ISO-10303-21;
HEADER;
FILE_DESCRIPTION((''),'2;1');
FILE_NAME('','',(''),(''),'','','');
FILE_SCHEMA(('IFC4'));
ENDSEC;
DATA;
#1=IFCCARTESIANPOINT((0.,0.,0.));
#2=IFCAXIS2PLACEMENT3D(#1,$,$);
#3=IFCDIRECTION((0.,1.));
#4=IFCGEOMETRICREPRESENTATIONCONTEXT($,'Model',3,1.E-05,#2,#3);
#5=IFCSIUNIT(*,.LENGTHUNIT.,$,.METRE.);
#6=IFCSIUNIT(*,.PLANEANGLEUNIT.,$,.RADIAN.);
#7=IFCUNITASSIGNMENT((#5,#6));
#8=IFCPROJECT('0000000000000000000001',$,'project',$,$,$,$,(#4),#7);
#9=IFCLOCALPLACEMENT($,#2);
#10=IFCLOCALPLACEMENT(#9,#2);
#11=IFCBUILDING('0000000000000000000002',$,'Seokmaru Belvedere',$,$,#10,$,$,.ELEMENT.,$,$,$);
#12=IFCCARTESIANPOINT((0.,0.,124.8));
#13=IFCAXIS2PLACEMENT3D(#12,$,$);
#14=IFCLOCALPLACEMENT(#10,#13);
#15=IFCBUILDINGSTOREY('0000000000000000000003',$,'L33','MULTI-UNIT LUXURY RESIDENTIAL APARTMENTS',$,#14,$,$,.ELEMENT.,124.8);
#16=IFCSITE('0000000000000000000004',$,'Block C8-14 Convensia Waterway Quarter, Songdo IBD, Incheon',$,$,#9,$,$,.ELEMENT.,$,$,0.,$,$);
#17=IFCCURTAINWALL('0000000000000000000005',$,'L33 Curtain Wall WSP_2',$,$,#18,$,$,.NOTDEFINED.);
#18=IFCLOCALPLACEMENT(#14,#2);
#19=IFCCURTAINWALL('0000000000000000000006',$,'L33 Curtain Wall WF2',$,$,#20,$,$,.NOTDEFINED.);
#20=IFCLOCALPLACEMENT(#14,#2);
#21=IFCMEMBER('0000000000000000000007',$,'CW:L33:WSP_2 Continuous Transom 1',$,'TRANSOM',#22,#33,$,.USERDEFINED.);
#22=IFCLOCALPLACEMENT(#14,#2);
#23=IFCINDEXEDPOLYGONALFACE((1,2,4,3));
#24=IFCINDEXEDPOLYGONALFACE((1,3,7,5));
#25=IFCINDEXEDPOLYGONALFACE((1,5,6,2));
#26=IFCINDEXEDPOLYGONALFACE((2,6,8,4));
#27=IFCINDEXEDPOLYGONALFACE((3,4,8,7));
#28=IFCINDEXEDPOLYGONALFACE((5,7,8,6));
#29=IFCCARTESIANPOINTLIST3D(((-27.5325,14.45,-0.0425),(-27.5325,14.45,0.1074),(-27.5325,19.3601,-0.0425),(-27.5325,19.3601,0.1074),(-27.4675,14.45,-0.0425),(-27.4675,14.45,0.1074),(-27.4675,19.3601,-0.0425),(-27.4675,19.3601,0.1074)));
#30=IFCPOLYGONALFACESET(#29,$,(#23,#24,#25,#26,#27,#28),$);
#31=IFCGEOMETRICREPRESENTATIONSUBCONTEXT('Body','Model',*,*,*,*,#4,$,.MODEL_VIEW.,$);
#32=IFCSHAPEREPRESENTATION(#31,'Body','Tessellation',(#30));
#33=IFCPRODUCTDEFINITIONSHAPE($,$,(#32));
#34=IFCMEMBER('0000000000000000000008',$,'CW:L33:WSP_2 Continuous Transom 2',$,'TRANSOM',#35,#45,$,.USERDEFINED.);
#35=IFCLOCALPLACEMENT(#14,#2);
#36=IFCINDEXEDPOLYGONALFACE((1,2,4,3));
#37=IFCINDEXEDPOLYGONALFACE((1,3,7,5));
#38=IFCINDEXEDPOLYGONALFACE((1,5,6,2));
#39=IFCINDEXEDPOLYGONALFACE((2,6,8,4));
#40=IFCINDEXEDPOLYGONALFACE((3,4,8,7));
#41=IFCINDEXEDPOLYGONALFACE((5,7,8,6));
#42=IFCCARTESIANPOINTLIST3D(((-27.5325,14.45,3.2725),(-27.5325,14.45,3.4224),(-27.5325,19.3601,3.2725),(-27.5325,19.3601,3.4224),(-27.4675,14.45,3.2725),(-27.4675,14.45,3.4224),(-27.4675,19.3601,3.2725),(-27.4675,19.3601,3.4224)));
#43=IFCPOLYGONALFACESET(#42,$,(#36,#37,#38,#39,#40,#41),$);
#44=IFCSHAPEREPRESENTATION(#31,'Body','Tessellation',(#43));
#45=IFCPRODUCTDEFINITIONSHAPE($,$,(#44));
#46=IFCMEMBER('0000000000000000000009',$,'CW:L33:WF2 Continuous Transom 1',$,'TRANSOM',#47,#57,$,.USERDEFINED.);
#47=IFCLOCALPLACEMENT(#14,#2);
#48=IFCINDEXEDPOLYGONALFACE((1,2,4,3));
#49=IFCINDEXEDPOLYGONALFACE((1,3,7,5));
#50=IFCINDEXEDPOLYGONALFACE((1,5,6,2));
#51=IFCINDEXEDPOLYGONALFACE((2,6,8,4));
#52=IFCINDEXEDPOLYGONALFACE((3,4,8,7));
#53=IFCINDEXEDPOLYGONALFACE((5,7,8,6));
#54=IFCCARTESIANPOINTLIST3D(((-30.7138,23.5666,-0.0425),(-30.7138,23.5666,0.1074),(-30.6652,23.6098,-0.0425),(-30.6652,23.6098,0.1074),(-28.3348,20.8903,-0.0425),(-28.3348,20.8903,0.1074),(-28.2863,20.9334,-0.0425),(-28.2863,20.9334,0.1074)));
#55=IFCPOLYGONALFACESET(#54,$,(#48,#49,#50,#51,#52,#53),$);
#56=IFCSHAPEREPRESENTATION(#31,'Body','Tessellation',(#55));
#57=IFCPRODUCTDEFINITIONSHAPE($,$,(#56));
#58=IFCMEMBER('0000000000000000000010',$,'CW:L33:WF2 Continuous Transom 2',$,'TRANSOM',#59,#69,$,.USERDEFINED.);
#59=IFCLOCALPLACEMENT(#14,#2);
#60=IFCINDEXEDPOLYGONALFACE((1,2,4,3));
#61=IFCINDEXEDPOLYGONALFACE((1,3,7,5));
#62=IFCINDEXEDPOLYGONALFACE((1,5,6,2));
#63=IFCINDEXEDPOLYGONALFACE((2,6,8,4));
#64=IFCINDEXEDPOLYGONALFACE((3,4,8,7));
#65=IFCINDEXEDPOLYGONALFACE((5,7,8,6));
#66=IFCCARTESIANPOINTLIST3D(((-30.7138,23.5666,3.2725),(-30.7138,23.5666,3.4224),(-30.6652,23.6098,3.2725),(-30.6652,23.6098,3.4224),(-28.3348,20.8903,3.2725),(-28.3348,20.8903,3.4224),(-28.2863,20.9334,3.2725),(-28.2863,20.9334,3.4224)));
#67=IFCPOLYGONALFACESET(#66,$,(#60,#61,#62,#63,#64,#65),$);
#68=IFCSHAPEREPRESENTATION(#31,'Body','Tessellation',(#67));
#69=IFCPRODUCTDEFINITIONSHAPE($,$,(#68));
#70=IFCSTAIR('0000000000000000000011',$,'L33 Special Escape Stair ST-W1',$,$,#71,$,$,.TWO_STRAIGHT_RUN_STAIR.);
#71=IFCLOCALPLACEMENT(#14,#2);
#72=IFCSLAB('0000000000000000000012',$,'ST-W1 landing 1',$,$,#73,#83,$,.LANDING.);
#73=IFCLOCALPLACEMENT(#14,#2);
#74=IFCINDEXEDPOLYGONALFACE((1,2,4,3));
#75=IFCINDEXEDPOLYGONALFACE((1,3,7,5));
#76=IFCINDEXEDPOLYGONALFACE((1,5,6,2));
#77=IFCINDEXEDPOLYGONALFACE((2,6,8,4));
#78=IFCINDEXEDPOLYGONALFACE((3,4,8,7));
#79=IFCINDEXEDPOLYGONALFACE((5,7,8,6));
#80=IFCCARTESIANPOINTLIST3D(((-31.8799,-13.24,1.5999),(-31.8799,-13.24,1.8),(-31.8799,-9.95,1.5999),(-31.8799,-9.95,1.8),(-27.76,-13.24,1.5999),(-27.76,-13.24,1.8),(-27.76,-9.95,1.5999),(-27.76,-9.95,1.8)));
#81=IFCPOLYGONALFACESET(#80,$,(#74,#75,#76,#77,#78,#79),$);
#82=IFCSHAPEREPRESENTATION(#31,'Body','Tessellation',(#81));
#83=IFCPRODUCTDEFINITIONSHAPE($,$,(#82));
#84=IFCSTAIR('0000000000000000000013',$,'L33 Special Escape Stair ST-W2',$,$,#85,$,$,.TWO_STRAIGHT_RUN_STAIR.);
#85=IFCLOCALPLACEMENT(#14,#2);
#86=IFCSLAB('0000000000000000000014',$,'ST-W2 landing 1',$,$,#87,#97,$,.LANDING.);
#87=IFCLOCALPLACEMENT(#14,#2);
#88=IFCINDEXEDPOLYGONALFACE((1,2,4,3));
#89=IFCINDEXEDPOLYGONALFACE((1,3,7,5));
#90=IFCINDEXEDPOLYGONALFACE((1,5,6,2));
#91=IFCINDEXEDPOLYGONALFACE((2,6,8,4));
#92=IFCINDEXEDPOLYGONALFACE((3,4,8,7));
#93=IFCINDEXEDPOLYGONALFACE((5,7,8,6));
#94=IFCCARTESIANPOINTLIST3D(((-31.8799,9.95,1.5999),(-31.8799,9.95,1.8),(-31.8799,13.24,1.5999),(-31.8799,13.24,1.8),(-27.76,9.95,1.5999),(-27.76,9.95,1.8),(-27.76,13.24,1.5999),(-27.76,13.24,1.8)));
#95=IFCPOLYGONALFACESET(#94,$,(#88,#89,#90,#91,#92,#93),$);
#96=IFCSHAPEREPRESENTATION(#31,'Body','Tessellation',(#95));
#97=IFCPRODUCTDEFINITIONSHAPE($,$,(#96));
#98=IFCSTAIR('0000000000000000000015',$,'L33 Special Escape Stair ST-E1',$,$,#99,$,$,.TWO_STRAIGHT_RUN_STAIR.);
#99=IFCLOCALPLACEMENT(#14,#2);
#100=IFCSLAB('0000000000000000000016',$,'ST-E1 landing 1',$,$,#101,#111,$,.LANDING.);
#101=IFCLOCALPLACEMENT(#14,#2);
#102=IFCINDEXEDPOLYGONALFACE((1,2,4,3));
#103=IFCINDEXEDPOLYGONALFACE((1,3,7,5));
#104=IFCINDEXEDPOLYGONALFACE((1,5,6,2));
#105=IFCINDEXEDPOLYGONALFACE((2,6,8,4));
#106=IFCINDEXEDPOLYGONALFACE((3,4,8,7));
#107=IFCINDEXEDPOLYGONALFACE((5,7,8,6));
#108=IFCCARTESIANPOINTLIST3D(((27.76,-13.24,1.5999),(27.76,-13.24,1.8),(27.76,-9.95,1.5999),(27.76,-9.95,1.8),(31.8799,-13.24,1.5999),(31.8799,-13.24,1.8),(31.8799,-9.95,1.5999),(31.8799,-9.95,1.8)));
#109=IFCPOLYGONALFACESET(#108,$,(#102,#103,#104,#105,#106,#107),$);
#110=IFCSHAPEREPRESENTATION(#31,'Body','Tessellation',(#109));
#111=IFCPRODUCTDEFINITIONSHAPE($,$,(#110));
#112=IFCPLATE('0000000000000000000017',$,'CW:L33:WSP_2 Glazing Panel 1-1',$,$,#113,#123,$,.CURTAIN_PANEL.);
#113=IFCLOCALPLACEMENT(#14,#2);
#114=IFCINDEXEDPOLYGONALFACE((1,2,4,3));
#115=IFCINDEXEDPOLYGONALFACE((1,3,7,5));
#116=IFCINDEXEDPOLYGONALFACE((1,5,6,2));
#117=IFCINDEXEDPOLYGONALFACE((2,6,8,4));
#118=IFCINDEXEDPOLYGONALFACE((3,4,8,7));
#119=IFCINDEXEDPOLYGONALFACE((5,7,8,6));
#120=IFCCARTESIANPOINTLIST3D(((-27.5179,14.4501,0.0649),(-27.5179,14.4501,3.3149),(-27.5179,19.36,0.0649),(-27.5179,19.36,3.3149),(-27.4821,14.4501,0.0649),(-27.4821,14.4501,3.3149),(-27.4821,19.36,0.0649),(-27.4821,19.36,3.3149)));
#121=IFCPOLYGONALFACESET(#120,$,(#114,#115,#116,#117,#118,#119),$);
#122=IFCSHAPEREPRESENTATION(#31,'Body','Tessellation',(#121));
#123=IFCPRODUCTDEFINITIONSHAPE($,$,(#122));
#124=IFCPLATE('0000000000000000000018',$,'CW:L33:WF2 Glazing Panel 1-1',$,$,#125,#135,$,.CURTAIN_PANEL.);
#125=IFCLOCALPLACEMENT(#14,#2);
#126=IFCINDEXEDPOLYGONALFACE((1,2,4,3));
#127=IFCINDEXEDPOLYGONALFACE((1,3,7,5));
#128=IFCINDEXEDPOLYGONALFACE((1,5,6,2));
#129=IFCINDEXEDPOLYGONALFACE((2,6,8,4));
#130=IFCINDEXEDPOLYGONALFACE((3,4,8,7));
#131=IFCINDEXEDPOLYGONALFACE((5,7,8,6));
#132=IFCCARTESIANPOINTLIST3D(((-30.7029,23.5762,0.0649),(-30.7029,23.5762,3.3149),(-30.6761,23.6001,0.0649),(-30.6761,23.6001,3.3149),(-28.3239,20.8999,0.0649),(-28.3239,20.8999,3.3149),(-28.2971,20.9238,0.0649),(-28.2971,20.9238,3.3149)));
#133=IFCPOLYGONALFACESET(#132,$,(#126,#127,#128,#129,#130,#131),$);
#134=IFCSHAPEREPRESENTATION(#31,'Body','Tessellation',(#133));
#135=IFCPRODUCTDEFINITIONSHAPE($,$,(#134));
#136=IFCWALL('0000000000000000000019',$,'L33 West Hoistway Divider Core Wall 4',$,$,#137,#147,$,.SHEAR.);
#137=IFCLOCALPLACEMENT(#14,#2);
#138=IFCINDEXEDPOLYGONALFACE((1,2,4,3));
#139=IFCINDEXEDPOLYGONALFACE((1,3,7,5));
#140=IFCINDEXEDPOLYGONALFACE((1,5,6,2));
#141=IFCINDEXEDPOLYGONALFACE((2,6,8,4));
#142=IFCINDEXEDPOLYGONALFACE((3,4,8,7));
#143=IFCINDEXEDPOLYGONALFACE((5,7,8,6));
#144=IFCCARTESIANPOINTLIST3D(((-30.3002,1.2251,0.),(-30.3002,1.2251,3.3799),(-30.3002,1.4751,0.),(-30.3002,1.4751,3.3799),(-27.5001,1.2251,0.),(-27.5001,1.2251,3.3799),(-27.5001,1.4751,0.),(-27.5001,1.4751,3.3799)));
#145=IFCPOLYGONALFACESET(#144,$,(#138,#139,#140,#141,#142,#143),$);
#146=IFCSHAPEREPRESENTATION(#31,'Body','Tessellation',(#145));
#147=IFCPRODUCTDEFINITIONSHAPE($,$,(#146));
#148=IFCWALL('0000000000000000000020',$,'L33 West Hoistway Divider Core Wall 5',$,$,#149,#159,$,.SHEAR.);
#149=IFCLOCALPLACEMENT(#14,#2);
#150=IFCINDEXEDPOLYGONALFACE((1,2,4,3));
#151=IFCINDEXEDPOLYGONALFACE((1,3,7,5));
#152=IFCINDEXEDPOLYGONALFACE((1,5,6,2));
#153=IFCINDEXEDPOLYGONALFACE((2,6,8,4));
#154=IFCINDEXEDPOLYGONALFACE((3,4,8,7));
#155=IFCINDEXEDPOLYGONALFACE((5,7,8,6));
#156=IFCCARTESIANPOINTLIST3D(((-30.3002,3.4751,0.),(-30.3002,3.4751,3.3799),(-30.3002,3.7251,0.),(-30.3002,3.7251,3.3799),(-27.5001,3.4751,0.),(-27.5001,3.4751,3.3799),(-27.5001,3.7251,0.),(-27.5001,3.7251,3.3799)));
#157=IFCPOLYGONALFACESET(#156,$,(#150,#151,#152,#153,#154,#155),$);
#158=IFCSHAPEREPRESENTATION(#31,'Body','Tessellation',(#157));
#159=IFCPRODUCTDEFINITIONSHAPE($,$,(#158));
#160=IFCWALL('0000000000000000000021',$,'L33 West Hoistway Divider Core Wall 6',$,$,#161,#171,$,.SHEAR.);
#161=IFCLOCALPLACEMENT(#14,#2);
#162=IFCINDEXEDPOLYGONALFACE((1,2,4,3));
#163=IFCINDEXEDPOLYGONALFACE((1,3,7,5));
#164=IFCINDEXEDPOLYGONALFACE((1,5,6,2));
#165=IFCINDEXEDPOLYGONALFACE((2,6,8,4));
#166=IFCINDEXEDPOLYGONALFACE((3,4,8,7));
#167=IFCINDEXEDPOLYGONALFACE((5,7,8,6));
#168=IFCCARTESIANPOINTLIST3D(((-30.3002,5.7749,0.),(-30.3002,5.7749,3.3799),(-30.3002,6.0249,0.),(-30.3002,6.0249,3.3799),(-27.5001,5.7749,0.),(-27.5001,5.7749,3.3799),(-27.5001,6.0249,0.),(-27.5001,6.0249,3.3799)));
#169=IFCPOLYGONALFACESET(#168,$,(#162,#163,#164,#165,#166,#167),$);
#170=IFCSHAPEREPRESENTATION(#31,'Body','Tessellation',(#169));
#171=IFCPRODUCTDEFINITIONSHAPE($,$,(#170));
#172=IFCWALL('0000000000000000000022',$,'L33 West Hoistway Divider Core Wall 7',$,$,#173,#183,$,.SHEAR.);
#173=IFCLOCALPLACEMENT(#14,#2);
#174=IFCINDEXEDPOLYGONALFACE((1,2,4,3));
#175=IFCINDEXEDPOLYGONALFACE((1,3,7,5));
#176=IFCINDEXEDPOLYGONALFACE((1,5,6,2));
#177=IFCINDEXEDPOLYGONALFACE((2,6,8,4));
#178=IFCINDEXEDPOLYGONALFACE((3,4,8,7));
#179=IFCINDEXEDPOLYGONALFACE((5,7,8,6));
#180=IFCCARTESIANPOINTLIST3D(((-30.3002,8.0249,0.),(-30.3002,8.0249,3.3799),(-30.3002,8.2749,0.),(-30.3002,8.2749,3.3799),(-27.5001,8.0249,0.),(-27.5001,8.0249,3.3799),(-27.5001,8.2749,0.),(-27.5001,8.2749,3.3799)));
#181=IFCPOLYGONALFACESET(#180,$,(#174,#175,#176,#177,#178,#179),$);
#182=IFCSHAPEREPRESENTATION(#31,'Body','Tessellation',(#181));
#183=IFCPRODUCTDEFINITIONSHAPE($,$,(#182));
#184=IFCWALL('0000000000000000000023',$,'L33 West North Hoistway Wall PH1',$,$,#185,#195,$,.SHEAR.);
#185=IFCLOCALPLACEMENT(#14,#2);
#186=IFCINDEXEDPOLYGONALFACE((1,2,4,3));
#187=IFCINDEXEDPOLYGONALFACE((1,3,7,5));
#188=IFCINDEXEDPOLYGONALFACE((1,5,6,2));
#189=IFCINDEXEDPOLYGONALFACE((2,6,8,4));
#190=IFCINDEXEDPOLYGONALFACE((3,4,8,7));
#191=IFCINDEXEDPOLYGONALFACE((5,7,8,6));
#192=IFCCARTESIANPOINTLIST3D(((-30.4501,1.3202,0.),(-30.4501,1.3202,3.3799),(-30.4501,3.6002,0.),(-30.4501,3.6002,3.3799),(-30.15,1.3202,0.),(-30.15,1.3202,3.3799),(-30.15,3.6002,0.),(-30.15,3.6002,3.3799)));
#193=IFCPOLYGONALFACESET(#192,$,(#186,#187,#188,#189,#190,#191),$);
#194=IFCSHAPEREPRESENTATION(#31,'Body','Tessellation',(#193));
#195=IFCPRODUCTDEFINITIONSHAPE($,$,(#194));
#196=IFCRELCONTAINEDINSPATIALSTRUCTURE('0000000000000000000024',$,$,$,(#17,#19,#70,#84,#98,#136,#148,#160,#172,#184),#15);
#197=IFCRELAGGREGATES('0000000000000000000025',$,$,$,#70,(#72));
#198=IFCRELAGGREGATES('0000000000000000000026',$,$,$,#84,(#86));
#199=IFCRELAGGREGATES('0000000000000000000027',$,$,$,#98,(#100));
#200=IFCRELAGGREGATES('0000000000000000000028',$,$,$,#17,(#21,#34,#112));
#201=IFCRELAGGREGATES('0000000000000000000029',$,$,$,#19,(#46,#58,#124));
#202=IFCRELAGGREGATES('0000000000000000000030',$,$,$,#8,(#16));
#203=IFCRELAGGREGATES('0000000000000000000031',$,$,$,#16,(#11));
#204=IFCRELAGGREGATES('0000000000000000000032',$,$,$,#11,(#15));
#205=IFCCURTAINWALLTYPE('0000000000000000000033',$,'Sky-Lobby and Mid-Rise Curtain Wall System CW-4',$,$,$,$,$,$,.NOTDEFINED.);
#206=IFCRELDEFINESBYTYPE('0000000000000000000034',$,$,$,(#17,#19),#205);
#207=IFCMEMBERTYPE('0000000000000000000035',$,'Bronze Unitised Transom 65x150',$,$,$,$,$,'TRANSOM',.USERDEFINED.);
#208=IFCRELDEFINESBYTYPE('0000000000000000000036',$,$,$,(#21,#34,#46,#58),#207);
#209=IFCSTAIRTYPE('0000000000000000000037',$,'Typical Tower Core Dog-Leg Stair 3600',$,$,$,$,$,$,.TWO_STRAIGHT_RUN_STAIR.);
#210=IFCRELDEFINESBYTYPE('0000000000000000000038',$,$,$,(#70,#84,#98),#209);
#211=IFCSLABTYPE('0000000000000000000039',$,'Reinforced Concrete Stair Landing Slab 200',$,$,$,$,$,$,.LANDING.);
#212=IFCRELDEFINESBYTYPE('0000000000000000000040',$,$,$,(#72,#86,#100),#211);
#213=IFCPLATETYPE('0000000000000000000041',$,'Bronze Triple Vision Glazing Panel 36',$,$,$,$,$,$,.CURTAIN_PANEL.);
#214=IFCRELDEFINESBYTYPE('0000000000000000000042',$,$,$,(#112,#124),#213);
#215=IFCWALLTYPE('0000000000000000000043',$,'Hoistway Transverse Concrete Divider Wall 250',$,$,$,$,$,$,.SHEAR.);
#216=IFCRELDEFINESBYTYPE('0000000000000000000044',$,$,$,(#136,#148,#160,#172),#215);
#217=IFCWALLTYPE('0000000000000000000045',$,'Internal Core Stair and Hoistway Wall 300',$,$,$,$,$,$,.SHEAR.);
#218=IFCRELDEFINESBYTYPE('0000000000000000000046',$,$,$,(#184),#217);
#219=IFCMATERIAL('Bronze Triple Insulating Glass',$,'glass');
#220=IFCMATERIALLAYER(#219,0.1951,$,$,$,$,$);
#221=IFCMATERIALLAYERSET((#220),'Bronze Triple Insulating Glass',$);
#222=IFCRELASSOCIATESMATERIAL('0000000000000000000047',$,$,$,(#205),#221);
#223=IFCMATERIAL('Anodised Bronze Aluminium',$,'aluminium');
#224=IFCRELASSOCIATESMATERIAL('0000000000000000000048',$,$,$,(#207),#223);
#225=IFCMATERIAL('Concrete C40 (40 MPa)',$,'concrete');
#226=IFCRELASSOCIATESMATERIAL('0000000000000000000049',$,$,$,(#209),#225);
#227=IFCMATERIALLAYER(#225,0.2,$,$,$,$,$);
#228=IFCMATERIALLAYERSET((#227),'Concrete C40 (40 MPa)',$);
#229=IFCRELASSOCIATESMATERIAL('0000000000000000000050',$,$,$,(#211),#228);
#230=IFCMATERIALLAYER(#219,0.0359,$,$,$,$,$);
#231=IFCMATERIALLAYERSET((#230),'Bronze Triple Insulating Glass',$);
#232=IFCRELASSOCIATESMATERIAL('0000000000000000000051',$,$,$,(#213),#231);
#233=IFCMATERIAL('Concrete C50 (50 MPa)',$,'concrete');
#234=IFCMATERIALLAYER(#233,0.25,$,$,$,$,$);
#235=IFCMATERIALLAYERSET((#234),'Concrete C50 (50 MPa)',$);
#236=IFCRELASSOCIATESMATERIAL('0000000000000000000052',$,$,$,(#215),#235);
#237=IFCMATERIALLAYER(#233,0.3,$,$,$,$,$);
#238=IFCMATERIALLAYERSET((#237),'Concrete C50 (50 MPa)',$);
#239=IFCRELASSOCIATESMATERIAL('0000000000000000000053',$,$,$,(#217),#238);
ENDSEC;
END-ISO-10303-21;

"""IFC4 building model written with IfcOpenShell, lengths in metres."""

from ifc_helpers import new_model, si_unit, direction, frame, frame_2d, origin, origin_2d, place, context, subcontext, project, spatial, polyline, rectangle, outline, extrude, source, transform, mapped, material, layer, layer_set, material_profile, profile_set, type_object, type_shapes, element, aggregate, save


model = new_model("IFC4")

# Units and contexts
model_context = context("Model", 3, precision=1e-05, world=origin(), true_north=direction((0.0, 1.0)))
body_context = subcontext(model_context, "Body", "Model", "MODEL_VIEW")
ifc_project = project(units=[si_unit("LENGTHUNIT", "METRE"), si_unit("PLANEANGLEUNIT", "RADIAN")], contexts=[model_context])

# Site, building, storey
site_placement = place(None, origin())
site = spatial("IfcSite", under=ifc_project, at=site_placement, Name="Block C8-14 Convensia Waterway Quarter, Songdo IBD, Incheon", CompositionType="ELEMENT", RefElevation=0.0)
building_placement = place(site_placement, origin())
building = spatial("IfcBuilding", under=site, at=building_placement, Name="Seokmaru Belvedere", CompositionType="ELEMENT")
storey_placement = place(building_placement, frame((0.0, 0.0, 124.8)))
storey = spatial("IfcBuildingStorey", under=building, at=storey_placement, Name="L33", Description="MULTI-UNIT LUXURY RESIDENTIAL APARTMENTS", CompositionType="ELEMENT", Elevation=124.8)

# Curtain walls
ifc_material_1 = material(Name="Bronze Triple Insulating Glass", Category="glass")
ifc_layer_1 = layer(ifc_material_1, 0.1951)
ifc_layer_set_1 = layer_set([ifc_layer_1], Name="Bronze Triple Insulating Glass")
curtain_wall_type = type_object("IfcCurtainWallType", Name="Sky-Lobby and Mid-Rise Curtain Wall System CW-4", PredefinedType="NOTDEFINED", material=ifc_layer_set_1)
curtain_wall_1_placement = place(storey_placement, origin())
curtain_wall_1 = element("IfcCurtainWall", 1, at=curtain_wall_1_placement, inside=storey, type_object=curtain_wall_type, Name="L33 Curtain Wall WSP_2", PredefinedType="NOTDEFINED")
ifc_material_2 = material(Name="Anodised Bronze Aluminium", Category="aluminium")
curtain_wall_2_placement = place(storey_placement, origin())
curtain_wall_2 = element("IfcCurtainWall", 2, at=curtain_wall_2_placement, inside=storey, type_object=curtain_wall_type, Name="L33 Curtain Wall WF2", PredefinedType="NOTDEFINED")

# Members
ifc_material_profile_1 = material_profile(ifc_material_2, rectangle(XDim=0.0649, YDim=0.1499, at=origin_2d()), Name="CW-T-65x150")
ifc_profile_set_1 = profile_set([ifc_material_profile_1], Name="Anodised Bronze Aluminium")
member_type_1 = type_object("IfcMemberType", Name="Bronze Unitised Transom 65x150", ElementType="TRANSOM", PredefinedType="USERDEFINED", material=ifc_profile_set_1)
shared_shape_1 = source(origin(), body_context, "Body", "SweptSolid", [
    extrude(rectangle(XDim=0.0649, YDim=0.1499, at=origin_2d()), origin(), (0.0, 0.0, 1.0), 4.9102),
])
member_1_placement = place(storey_placement, frame((-27.5, 14.45, 0.0325), z_axis=(0.0, 1.0, 0.0), x_axis=(-1.0, 0.0, 0.0)))
member_1 = element("IfcMember", 3, at=member_1_placement, type_object=member_type_1, Name="CW:L33:WSP_2 Continuous Transom 1", ObjectType="TRANSOM", PredefinedType="USERDEFINED", context=body_context, shape_type="MappedRepresentation", body=[
    mapped(shared_shape_1, transform((0.0, 0.0, 0.0), scale=1.0)),
])
member_2_placement = place(storey_placement, frame((-27.5, 14.45, 3.3474), z_axis=(0.0, 1.0, 0.0), x_axis=(-1.0, 0.0, 0.0)))
member_2 = element("IfcMember", 4, at=member_2_placement, type_object=member_type_1, Name="CW:L33:WSP_2 Continuous Transom 2", ObjectType="TRANSOM", PredefinedType="USERDEFINED", context=body_context, shape_type="MappedRepresentation", body=[
    mapped(shared_shape_1, transform((0.0, 0.0, 0.0), scale=1.0)),
])
shared_shape_2 = source(origin(), body_context, "Body", "SweptSolid", [
    extrude(rectangle(XDim=0.0649, YDim=0.1499, at=origin_2d()), origin(), (0.0, 0.0, 1.0), 3.5808),
])
type_shapes(member_type_1, [shared_shape_1, shared_shape_2])
member_3_placement = place(storey_placement, frame((-28.3105, 20.9119, 0.0325), z_axis=(-0.664364, 0.747409, 0.0), x_axis=(-0.747409, -0.664364, 0.0)))
member_3 = element("IfcMember", 5, at=member_3_placement, type_object=member_type_1, Name="CW:L33:WF2 Continuous Transom 1", ObjectType="TRANSOM", PredefinedType="USERDEFINED", context=body_context, shape_type="MappedRepresentation", body=[
    mapped(shared_shape_2, transform((0.0, 0.0, 0.0), scale=1.0)),
])
member_4_placement = place(storey_placement, frame((-28.3105, 20.9119, 3.3474), z_axis=(-0.664364, 0.747409, 0.0), x_axis=(-0.747409, -0.664364, 0.0)))
member_4 = element("IfcMember", 6, at=member_4_placement, type_object=member_type_1, Name="CW:L33:WF2 Continuous Transom 2", ObjectType="TRANSOM", PredefinedType="USERDEFINED", context=body_context, shape_type="MappedRepresentation", body=[
    mapped(shared_shape_2, transform((0.0, 0.0, 0.0), scale=1.0)),
])

# Stairs, slabs
ifc_material_3 = material(Name="Concrete C40 (40 MPa)", Category="concrete")
stair_type = type_object("IfcStairType", Name="Typical Tower Core Dog-Leg Stair 3600", PredefinedType="TWO_STRAIGHT_RUN_STAIR", material=ifc_material_3)
stair_1_placement = place(storey_placement, origin())
stair_1 = element("IfcStair", 7, at=stair_1_placement, inside=storey, type_object=stair_type, Name="L33 Special Escape Stair ST-W1", PredefinedType="TWO_STRAIGHT_RUN_STAIR")
ifc_layer_2 = layer(ifc_material_3, 0.2)
ifc_layer_set_2 = layer_set([ifc_layer_2], Name="Concrete C40 (40 MPa)")
slab_type = type_object("IfcSlabType", Name="Reinforced Concrete Stair Landing Slab 200", PredefinedType="LANDING", material=ifc_layer_set_2)
slab_1_placement = place(storey_placement, frame((0.0, 0.0, 1.5999)))
slab_1 = element("IfcSlab", 8, at=slab_1_placement, type_object=slab_type, Name="ST-W1 landing 1", PredefinedType="LANDING", context=body_context, shape_type="SweptSolid", body=[
    extrude(outline(polyline([(-31.8799, -13.24), (-27.76, -13.24), (-27.76, -9.95), (-31.8799, -9.95), (-31.8799, -13.24)])), origin(), (0.0, 0.0, 1.0), 0.2002),
])
aggregate(stair_1, [slab_1])
stair_2_placement = place(storey_placement, origin())
stair_2 = element("IfcStair", 9, at=stair_2_placement, inside=storey, type_object=stair_type, Name="L33 Special Escape Stair ST-W2", PredefinedType="TWO_STRAIGHT_RUN_STAIR")
slab_2_placement = place(storey_placement, frame((0.0, 0.0, 1.5999)))
slab_2 = element("IfcSlab", 10, at=slab_2_placement, type_object=slab_type, Name="ST-W2 landing 1", PredefinedType="LANDING", context=body_context, shape_type="SweptSolid", body=[
    extrude(outline(polyline([(-31.8799, 9.95), (-27.76, 9.95), (-27.76, 13.24), (-31.8799, 13.24), (-31.8799, 9.95)])), origin(), (0.0, 0.0, 1.0), 0.2002),
])
aggregate(stair_2, [slab_2])
stair_3_placement = place(storey_placement, origin())
stair_3 = element("IfcStair", 11, at=stair_3_placement, inside=storey, type_object=stair_type, Name="L33 Special Escape Stair ST-E1", PredefinedType="TWO_STRAIGHT_RUN_STAIR")
slab_3_placement = place(storey_placement, frame((0.0, 0.0, 1.5999)))
slab_3 = element("IfcSlab", 12, at=slab_3_placement, type_object=slab_type, Name="ST-E1 landing 1", PredefinedType="LANDING", context=body_context, shape_type="SweptSolid", body=[
    extrude(outline(polyline([(27.76, -13.24), (31.8799, -13.24), (31.8799, -9.95), (27.76, -9.95), (27.76, -13.24)])), origin(), (0.0, 0.0, 1.0), 0.2002),
])
aggregate(stair_3, [slab_3])

# Plates
ifc_layer_3 = layer(ifc_material_1, 0.0359)
ifc_layer_set_3 = layer_set([ifc_layer_3], Name="Bronze Triple Insulating Glass")
plate_type = type_object("IfcPlateType", Name="Bronze Triple Vision Glazing Panel 36", PredefinedType="CURTAIN_PANEL", material=ifc_layer_set_3)
shared_shape_3 = source(origin(), body_context, "Body", "SweptSolid", [
    extrude(rectangle(XDim=4.9099, YDim=0.0359, at=origin_2d()), origin(), (0.0, 0.0, 1.0), 3.25),
])
plate_1_placement = place(storey_placement, frame((-27.5, 16.905, 0.0649), z_axis=(0.0, 0.0, 1.0), x_axis=(0.0, 1.0, 0.0)))
plate_1 = element("IfcPlate", 13, at=plate_1_placement, type_object=plate_type, Name="CW:L33:WSP_2 Glazing Panel 1-1", PredefinedType="CURTAIN_PANEL", context=body_context, shape_type="MappedRepresentation", body=[
    mapped(shared_shape_3, transform((0.0, 0.0, 0.0), scale=1.0)),
])
aggregate(curtain_wall_1, [member_1, member_2, plate_1])
shared_shape_4 = source(origin(), body_context, "Body", "SweptSolid", [
    extrude(rectangle(XDim=3.5808, YDim=0.0359, at=origin_2d()), origin(), (0.0, 0.0, 1.0), 3.25),
])
type_shapes(plate_type, [shared_shape_3, shared_shape_4])
plate_2_placement = place(storey_placement, frame((-29.5, 22.25, 0.0649), z_axis=(0.0, 0.0, 1.0), x_axis=(-0.664363, 0.74741, 0.0)))
plate_2 = element("IfcPlate", 14, at=plate_2_placement, type_object=plate_type, Name="CW:L33:WF2 Glazing Panel 1-1", PredefinedType="CURTAIN_PANEL", context=body_context, shape_type="MappedRepresentation", body=[
    mapped(shared_shape_4, transform((0.0, 0.0, 0.0), scale=1.0)),
])
aggregate(curtain_wall_2, [member_3, member_4, plate_2])

# Walls
ifc_material_4 = material(Name="Concrete C50 (50 MPa)", Category="concrete")
ifc_layer_4 = layer(ifc_material_4, 0.25)
ifc_layer_set_4 = layer_set([ifc_layer_4], Name="Concrete C50 (50 MPa)")
wall_type_1 = type_object("IfcWallType", Name="Hoistway Transverse Concrete Divider Wall 250", PredefinedType="SHEAR", material=ifc_layer_set_4)
for number, where, z_axis, x_axis, name in (
    (15, (-30.3, 1.3501, 0.0), (0.0, 0.0, 1.0), (1.0, 0.0, 0.0), "L33 West Hoistway Divider Core Wall 4"),
    (16, (-30.3, 3.6001, 0.0), (0.0, 0.0, 1.0), (1.0, 0.0, 0.0), "L33 West Hoistway Divider Core Wall 5"),
    (17, (-30.3, 5.8999, 0.0), (0.0, 0.0, 1.0), (1.0, 0.0, 0.0), "L33 West Hoistway Divider Core Wall 6"),
    (18, (-30.3, 8.1499, 0.0), (0.0, 0.0, 1.0), (1.0, 0.0, 0.0), "L33 West Hoistway Divider Core Wall 7"),
):
    element("IfcWall", number, at=place(storey_placement, frame(where, z_axis=z_axis, x_axis=x_axis)), inside=storey, type_object=wall_type_1, Name=name, PredefinedType="SHEAR", context=body_context, shape_type="SweptSolid", body=[
        extrude(rectangle(XDim=2.8, YDim=0.25, at=frame_2d((1.3999, 0.0))), origin(), (0.0, 0.0, 1.0), 3.3799),
    ])
ifc_layer_5 = layer(ifc_material_4, 0.3)
ifc_layer_set_5 = layer_set([ifc_layer_5], Name="Concrete C50 (50 MPa)")
wall_type_2 = type_object("IfcWallType", Name="Internal Core Stair and Hoistway Wall 300", PredefinedType="SHEAR", material=ifc_layer_set_5)
wall_1_placement = place(storey_placement, frame((-30.3, 1.3201, 0.0), z_axis=(0.0, 0.0, 1.0), x_axis=(0.0, 1.0, 0.0)))
element("IfcWall", 19, at=wall_1_placement, inside=storey, type_object=wall_type_2, Name="L33 West North Hoistway Wall PH1", PredefinedType="SHEAR", context=body_context, shape_type="SweptSolid", body=[
    extrude(rectangle(XDim=2.28, YDim=0.3, at=frame_2d((1.1401, 0.0))), origin(), (0.0, 0.0, 1.0), 3.3799),
])

save(model, "model.ifc")
